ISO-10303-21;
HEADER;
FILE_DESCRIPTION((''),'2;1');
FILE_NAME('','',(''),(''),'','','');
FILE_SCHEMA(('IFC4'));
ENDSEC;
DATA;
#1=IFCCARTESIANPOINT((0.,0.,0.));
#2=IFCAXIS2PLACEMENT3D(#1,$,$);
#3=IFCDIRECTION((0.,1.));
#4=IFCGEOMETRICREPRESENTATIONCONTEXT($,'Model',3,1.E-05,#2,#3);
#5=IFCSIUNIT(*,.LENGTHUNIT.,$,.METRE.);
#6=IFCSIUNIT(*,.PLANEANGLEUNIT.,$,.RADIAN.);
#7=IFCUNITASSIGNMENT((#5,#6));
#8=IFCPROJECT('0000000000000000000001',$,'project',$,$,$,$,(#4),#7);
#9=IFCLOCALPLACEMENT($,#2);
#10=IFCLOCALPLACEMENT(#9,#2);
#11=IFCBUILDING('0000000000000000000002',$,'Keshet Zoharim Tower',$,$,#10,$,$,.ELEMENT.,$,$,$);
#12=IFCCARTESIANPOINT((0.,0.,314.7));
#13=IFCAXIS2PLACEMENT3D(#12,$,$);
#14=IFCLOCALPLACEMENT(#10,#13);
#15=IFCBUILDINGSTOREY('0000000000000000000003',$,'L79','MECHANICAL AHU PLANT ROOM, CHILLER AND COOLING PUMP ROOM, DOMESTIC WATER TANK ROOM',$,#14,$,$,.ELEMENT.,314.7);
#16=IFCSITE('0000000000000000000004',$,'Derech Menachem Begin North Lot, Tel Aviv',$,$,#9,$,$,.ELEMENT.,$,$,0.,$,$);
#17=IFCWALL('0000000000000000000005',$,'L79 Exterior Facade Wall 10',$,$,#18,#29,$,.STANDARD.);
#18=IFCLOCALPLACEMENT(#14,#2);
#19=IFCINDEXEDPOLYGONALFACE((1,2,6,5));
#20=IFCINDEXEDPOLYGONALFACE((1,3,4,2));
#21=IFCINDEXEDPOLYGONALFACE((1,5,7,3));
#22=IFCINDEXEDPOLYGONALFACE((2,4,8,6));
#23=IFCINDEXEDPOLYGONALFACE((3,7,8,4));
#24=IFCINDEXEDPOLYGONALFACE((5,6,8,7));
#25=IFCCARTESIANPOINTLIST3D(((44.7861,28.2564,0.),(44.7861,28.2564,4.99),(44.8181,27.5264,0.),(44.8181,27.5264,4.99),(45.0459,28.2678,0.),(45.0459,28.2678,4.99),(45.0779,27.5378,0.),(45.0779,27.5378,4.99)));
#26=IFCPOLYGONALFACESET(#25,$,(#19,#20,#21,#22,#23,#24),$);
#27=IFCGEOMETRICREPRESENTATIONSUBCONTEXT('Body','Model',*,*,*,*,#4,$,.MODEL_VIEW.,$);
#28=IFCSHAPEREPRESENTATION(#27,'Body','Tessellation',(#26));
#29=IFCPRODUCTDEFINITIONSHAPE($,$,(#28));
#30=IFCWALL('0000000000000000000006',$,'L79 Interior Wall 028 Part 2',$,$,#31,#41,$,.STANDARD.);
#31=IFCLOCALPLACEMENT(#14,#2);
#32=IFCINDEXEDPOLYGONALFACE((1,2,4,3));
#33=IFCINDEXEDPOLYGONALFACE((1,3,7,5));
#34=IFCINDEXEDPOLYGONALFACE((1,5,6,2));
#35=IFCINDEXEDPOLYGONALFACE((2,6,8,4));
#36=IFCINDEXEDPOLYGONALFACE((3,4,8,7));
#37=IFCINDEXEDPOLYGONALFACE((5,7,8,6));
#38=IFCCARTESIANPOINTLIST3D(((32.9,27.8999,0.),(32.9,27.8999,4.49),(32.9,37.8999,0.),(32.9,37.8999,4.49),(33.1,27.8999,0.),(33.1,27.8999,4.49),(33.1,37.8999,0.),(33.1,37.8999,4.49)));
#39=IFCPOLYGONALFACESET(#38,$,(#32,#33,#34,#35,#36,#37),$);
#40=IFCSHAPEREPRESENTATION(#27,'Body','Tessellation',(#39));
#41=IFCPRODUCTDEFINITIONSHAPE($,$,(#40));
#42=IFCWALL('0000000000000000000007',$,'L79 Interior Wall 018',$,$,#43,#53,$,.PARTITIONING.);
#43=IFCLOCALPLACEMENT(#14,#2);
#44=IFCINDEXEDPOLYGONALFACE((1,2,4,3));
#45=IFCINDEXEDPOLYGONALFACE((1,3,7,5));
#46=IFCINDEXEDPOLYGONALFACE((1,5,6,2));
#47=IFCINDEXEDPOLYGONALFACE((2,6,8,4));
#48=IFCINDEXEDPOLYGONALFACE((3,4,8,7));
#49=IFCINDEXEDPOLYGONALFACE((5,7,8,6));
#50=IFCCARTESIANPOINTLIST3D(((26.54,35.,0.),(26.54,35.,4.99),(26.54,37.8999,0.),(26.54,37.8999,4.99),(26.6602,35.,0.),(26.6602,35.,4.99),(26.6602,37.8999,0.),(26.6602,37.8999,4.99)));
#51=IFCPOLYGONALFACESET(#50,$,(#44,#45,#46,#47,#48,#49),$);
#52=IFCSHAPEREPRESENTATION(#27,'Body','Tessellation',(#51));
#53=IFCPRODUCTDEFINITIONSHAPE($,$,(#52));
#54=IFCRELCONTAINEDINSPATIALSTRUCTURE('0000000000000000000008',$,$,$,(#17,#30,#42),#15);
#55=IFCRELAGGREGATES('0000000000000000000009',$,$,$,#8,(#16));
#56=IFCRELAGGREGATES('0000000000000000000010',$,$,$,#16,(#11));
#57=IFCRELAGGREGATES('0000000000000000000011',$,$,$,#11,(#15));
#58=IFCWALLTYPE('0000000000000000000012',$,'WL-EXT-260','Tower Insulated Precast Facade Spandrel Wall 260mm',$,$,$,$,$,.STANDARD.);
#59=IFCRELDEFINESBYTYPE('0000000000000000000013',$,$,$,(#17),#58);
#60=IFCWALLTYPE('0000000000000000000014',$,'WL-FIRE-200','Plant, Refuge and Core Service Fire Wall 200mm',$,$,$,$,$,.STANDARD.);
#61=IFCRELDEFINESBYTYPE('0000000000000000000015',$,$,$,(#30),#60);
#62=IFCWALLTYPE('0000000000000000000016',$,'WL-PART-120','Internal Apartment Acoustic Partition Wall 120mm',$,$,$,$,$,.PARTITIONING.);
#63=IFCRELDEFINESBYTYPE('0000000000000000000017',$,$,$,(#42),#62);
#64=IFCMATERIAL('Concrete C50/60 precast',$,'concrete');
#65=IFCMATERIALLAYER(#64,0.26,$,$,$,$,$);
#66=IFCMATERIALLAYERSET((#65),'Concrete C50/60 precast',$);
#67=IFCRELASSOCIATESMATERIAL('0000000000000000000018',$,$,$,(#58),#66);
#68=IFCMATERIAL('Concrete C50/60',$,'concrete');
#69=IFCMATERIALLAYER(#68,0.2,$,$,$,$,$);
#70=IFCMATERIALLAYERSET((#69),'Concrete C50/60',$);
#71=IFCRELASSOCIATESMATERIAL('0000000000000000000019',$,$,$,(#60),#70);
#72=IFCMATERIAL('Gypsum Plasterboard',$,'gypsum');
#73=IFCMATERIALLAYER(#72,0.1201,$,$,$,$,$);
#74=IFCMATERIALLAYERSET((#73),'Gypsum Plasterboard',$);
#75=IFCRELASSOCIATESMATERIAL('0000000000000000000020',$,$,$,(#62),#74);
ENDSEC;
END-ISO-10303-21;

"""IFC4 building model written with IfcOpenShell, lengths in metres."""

from ifc_helpers import new_model, si_unit, direction, frame, frame_2d, origin, place, context, subcontext, project, spatial, rectangle, extrude, material, layer, layer_set, type_object, element, save


model = new_model("IFC4")

# Units and contexts
model_context = context("Model", 3, precision=1e-05, world=origin(), true_north=direction((0.0, 1.0)))
body_context = subcontext(model_context, "Body", "Model", "MODEL_VIEW")
ifc_project = project(units=[si_unit("LENGTHUNIT", "METRE"), si_unit("PLANEANGLEUNIT", "RADIAN")], contexts=[model_context])

# Site, building, storey
site_placement = place(None, origin())
site = spatial("IfcSite", under=ifc_project, at=site_placement, Name="Derech Menachem Begin North Lot, Tel Aviv", CompositionType="ELEMENT", RefElevation=0.0)
building_placement = place(site_placement, origin())
building = spatial("IfcBuilding", under=site, at=building_placement, Name="Keshet Zoharim Tower", CompositionType="ELEMENT")
storey_placement = place(building_placement, frame((0.0, 0.0, 314.7)))
storey = spatial("IfcBuildingStorey", under=building, at=storey_placement, Name="L79", Description="MECHANICAL AHU PLANT ROOM, CHILLER AND COOLING PUMP ROOM, DOMESTIC WATER TANK ROOM", CompositionType="ELEMENT", Elevation=314.7)

# Shared definitions
ifc_material_1 = material(Name="Concrete C50/60", Category="concrete")

# Shared definitions
ifc_material_2 = material(Name="Gypsum Plasterboard", Category="gypsum")

# Walls
ifc_material_3 = material(Name="Concrete C50/60 precast", Category="concrete")
ifc_layer_1 = layer(ifc_material_3, 0.26)
ifc_layer_set_1 = layer_set([ifc_layer_1], Name="Concrete C50/60 precast")
wall_type_1 = type_object("IfcWallType", Name="WL-EXT-260", Description="Tower Insulated Precast Facade Spandrel Wall 260mm", PredefinedType="STANDARD", material=ifc_layer_set_1)
wall_1_placement = place(storey_placement, frame((44.916, 28.262, 0.0), z_axis=(0.0, 0.0, 1.0), x_axis=(0.043771, -0.999042, 0.0)))
element("IfcWall", 1, at=wall_1_placement, inside=storey, type_object=wall_type_1, Name="L79 Exterior Facade Wall 10", PredefinedType="STANDARD", context=body_context, shape_type="SweptSolid", body=[
    extrude(rectangle(XDim=0.7307, YDim=0.26, at=frame_2d((0.3652, 0.0))), origin(), (0.0, 0.0, 1.0), 4.99),
])
ifc_layer_2 = layer(ifc_material_1, 0.2)
ifc_layer_set_2 = layer_set([ifc_layer_2], Name="Concrete C50/60")
wall_type_2 = type_object("IfcWallType", Name="WL-FIRE-200", Description="Plant, Refuge and Core Service Fire Wall 200mm", PredefinedType="STANDARD", material=ifc_layer_set_2)
wall_2_placement = place(storey_placement, frame((33.0, 27.8999, 0.0), z_axis=(0.0, 0.0, 1.0), x_axis=(0.0, 1.0, 0.0)))
element("IfcWall", 2, at=wall_2_placement, inside=storey, type_object=wall_type_2, Name="L79 Interior Wall 028 Part 2", PredefinedType="STANDARD", context=body_context, shape_type="SweptSolid", body=[
    extrude(rectangle(XDim=10.0, YDim=0.2, at=frame_2d((5.0, 0.0))), origin(), (0.0, 0.0, 1.0), 4.49),
])
ifc_layer_3 = layer(ifc_material_2, 0.1201)
ifc_layer_set_3 = layer_set([ifc_layer_3], Name="Gypsum Plasterboard")
wall_type_3 = type_object("IfcWallType", Name="WL-PART-120", Description="Internal Apartment Acoustic Partition Wall 120mm", PredefinedType="PARTITIONING", material=ifc_layer_set_3)
wall_3_placement = place(storey_placement, frame((26.6001, 35.0, 0.0), z_axis=(0.0, 0.0, 1.0), x_axis=(0.0, 1.0, 0.0)))
element("IfcWall", 3, at=wall_3_placement, inside=storey, type_object=wall_type_3, Name="L79 Interior Wall 018", PredefinedType="PARTITIONING", context=body_context, shape_type="SweptSolid", body=[
    extrude(rectangle(XDim=2.8999, YDim=0.1201, at=frame_2d((1.45, 0.0))), origin(), (0.0, 0.0, 1.0), 4.99),
])

save(model, "model.ifc")
